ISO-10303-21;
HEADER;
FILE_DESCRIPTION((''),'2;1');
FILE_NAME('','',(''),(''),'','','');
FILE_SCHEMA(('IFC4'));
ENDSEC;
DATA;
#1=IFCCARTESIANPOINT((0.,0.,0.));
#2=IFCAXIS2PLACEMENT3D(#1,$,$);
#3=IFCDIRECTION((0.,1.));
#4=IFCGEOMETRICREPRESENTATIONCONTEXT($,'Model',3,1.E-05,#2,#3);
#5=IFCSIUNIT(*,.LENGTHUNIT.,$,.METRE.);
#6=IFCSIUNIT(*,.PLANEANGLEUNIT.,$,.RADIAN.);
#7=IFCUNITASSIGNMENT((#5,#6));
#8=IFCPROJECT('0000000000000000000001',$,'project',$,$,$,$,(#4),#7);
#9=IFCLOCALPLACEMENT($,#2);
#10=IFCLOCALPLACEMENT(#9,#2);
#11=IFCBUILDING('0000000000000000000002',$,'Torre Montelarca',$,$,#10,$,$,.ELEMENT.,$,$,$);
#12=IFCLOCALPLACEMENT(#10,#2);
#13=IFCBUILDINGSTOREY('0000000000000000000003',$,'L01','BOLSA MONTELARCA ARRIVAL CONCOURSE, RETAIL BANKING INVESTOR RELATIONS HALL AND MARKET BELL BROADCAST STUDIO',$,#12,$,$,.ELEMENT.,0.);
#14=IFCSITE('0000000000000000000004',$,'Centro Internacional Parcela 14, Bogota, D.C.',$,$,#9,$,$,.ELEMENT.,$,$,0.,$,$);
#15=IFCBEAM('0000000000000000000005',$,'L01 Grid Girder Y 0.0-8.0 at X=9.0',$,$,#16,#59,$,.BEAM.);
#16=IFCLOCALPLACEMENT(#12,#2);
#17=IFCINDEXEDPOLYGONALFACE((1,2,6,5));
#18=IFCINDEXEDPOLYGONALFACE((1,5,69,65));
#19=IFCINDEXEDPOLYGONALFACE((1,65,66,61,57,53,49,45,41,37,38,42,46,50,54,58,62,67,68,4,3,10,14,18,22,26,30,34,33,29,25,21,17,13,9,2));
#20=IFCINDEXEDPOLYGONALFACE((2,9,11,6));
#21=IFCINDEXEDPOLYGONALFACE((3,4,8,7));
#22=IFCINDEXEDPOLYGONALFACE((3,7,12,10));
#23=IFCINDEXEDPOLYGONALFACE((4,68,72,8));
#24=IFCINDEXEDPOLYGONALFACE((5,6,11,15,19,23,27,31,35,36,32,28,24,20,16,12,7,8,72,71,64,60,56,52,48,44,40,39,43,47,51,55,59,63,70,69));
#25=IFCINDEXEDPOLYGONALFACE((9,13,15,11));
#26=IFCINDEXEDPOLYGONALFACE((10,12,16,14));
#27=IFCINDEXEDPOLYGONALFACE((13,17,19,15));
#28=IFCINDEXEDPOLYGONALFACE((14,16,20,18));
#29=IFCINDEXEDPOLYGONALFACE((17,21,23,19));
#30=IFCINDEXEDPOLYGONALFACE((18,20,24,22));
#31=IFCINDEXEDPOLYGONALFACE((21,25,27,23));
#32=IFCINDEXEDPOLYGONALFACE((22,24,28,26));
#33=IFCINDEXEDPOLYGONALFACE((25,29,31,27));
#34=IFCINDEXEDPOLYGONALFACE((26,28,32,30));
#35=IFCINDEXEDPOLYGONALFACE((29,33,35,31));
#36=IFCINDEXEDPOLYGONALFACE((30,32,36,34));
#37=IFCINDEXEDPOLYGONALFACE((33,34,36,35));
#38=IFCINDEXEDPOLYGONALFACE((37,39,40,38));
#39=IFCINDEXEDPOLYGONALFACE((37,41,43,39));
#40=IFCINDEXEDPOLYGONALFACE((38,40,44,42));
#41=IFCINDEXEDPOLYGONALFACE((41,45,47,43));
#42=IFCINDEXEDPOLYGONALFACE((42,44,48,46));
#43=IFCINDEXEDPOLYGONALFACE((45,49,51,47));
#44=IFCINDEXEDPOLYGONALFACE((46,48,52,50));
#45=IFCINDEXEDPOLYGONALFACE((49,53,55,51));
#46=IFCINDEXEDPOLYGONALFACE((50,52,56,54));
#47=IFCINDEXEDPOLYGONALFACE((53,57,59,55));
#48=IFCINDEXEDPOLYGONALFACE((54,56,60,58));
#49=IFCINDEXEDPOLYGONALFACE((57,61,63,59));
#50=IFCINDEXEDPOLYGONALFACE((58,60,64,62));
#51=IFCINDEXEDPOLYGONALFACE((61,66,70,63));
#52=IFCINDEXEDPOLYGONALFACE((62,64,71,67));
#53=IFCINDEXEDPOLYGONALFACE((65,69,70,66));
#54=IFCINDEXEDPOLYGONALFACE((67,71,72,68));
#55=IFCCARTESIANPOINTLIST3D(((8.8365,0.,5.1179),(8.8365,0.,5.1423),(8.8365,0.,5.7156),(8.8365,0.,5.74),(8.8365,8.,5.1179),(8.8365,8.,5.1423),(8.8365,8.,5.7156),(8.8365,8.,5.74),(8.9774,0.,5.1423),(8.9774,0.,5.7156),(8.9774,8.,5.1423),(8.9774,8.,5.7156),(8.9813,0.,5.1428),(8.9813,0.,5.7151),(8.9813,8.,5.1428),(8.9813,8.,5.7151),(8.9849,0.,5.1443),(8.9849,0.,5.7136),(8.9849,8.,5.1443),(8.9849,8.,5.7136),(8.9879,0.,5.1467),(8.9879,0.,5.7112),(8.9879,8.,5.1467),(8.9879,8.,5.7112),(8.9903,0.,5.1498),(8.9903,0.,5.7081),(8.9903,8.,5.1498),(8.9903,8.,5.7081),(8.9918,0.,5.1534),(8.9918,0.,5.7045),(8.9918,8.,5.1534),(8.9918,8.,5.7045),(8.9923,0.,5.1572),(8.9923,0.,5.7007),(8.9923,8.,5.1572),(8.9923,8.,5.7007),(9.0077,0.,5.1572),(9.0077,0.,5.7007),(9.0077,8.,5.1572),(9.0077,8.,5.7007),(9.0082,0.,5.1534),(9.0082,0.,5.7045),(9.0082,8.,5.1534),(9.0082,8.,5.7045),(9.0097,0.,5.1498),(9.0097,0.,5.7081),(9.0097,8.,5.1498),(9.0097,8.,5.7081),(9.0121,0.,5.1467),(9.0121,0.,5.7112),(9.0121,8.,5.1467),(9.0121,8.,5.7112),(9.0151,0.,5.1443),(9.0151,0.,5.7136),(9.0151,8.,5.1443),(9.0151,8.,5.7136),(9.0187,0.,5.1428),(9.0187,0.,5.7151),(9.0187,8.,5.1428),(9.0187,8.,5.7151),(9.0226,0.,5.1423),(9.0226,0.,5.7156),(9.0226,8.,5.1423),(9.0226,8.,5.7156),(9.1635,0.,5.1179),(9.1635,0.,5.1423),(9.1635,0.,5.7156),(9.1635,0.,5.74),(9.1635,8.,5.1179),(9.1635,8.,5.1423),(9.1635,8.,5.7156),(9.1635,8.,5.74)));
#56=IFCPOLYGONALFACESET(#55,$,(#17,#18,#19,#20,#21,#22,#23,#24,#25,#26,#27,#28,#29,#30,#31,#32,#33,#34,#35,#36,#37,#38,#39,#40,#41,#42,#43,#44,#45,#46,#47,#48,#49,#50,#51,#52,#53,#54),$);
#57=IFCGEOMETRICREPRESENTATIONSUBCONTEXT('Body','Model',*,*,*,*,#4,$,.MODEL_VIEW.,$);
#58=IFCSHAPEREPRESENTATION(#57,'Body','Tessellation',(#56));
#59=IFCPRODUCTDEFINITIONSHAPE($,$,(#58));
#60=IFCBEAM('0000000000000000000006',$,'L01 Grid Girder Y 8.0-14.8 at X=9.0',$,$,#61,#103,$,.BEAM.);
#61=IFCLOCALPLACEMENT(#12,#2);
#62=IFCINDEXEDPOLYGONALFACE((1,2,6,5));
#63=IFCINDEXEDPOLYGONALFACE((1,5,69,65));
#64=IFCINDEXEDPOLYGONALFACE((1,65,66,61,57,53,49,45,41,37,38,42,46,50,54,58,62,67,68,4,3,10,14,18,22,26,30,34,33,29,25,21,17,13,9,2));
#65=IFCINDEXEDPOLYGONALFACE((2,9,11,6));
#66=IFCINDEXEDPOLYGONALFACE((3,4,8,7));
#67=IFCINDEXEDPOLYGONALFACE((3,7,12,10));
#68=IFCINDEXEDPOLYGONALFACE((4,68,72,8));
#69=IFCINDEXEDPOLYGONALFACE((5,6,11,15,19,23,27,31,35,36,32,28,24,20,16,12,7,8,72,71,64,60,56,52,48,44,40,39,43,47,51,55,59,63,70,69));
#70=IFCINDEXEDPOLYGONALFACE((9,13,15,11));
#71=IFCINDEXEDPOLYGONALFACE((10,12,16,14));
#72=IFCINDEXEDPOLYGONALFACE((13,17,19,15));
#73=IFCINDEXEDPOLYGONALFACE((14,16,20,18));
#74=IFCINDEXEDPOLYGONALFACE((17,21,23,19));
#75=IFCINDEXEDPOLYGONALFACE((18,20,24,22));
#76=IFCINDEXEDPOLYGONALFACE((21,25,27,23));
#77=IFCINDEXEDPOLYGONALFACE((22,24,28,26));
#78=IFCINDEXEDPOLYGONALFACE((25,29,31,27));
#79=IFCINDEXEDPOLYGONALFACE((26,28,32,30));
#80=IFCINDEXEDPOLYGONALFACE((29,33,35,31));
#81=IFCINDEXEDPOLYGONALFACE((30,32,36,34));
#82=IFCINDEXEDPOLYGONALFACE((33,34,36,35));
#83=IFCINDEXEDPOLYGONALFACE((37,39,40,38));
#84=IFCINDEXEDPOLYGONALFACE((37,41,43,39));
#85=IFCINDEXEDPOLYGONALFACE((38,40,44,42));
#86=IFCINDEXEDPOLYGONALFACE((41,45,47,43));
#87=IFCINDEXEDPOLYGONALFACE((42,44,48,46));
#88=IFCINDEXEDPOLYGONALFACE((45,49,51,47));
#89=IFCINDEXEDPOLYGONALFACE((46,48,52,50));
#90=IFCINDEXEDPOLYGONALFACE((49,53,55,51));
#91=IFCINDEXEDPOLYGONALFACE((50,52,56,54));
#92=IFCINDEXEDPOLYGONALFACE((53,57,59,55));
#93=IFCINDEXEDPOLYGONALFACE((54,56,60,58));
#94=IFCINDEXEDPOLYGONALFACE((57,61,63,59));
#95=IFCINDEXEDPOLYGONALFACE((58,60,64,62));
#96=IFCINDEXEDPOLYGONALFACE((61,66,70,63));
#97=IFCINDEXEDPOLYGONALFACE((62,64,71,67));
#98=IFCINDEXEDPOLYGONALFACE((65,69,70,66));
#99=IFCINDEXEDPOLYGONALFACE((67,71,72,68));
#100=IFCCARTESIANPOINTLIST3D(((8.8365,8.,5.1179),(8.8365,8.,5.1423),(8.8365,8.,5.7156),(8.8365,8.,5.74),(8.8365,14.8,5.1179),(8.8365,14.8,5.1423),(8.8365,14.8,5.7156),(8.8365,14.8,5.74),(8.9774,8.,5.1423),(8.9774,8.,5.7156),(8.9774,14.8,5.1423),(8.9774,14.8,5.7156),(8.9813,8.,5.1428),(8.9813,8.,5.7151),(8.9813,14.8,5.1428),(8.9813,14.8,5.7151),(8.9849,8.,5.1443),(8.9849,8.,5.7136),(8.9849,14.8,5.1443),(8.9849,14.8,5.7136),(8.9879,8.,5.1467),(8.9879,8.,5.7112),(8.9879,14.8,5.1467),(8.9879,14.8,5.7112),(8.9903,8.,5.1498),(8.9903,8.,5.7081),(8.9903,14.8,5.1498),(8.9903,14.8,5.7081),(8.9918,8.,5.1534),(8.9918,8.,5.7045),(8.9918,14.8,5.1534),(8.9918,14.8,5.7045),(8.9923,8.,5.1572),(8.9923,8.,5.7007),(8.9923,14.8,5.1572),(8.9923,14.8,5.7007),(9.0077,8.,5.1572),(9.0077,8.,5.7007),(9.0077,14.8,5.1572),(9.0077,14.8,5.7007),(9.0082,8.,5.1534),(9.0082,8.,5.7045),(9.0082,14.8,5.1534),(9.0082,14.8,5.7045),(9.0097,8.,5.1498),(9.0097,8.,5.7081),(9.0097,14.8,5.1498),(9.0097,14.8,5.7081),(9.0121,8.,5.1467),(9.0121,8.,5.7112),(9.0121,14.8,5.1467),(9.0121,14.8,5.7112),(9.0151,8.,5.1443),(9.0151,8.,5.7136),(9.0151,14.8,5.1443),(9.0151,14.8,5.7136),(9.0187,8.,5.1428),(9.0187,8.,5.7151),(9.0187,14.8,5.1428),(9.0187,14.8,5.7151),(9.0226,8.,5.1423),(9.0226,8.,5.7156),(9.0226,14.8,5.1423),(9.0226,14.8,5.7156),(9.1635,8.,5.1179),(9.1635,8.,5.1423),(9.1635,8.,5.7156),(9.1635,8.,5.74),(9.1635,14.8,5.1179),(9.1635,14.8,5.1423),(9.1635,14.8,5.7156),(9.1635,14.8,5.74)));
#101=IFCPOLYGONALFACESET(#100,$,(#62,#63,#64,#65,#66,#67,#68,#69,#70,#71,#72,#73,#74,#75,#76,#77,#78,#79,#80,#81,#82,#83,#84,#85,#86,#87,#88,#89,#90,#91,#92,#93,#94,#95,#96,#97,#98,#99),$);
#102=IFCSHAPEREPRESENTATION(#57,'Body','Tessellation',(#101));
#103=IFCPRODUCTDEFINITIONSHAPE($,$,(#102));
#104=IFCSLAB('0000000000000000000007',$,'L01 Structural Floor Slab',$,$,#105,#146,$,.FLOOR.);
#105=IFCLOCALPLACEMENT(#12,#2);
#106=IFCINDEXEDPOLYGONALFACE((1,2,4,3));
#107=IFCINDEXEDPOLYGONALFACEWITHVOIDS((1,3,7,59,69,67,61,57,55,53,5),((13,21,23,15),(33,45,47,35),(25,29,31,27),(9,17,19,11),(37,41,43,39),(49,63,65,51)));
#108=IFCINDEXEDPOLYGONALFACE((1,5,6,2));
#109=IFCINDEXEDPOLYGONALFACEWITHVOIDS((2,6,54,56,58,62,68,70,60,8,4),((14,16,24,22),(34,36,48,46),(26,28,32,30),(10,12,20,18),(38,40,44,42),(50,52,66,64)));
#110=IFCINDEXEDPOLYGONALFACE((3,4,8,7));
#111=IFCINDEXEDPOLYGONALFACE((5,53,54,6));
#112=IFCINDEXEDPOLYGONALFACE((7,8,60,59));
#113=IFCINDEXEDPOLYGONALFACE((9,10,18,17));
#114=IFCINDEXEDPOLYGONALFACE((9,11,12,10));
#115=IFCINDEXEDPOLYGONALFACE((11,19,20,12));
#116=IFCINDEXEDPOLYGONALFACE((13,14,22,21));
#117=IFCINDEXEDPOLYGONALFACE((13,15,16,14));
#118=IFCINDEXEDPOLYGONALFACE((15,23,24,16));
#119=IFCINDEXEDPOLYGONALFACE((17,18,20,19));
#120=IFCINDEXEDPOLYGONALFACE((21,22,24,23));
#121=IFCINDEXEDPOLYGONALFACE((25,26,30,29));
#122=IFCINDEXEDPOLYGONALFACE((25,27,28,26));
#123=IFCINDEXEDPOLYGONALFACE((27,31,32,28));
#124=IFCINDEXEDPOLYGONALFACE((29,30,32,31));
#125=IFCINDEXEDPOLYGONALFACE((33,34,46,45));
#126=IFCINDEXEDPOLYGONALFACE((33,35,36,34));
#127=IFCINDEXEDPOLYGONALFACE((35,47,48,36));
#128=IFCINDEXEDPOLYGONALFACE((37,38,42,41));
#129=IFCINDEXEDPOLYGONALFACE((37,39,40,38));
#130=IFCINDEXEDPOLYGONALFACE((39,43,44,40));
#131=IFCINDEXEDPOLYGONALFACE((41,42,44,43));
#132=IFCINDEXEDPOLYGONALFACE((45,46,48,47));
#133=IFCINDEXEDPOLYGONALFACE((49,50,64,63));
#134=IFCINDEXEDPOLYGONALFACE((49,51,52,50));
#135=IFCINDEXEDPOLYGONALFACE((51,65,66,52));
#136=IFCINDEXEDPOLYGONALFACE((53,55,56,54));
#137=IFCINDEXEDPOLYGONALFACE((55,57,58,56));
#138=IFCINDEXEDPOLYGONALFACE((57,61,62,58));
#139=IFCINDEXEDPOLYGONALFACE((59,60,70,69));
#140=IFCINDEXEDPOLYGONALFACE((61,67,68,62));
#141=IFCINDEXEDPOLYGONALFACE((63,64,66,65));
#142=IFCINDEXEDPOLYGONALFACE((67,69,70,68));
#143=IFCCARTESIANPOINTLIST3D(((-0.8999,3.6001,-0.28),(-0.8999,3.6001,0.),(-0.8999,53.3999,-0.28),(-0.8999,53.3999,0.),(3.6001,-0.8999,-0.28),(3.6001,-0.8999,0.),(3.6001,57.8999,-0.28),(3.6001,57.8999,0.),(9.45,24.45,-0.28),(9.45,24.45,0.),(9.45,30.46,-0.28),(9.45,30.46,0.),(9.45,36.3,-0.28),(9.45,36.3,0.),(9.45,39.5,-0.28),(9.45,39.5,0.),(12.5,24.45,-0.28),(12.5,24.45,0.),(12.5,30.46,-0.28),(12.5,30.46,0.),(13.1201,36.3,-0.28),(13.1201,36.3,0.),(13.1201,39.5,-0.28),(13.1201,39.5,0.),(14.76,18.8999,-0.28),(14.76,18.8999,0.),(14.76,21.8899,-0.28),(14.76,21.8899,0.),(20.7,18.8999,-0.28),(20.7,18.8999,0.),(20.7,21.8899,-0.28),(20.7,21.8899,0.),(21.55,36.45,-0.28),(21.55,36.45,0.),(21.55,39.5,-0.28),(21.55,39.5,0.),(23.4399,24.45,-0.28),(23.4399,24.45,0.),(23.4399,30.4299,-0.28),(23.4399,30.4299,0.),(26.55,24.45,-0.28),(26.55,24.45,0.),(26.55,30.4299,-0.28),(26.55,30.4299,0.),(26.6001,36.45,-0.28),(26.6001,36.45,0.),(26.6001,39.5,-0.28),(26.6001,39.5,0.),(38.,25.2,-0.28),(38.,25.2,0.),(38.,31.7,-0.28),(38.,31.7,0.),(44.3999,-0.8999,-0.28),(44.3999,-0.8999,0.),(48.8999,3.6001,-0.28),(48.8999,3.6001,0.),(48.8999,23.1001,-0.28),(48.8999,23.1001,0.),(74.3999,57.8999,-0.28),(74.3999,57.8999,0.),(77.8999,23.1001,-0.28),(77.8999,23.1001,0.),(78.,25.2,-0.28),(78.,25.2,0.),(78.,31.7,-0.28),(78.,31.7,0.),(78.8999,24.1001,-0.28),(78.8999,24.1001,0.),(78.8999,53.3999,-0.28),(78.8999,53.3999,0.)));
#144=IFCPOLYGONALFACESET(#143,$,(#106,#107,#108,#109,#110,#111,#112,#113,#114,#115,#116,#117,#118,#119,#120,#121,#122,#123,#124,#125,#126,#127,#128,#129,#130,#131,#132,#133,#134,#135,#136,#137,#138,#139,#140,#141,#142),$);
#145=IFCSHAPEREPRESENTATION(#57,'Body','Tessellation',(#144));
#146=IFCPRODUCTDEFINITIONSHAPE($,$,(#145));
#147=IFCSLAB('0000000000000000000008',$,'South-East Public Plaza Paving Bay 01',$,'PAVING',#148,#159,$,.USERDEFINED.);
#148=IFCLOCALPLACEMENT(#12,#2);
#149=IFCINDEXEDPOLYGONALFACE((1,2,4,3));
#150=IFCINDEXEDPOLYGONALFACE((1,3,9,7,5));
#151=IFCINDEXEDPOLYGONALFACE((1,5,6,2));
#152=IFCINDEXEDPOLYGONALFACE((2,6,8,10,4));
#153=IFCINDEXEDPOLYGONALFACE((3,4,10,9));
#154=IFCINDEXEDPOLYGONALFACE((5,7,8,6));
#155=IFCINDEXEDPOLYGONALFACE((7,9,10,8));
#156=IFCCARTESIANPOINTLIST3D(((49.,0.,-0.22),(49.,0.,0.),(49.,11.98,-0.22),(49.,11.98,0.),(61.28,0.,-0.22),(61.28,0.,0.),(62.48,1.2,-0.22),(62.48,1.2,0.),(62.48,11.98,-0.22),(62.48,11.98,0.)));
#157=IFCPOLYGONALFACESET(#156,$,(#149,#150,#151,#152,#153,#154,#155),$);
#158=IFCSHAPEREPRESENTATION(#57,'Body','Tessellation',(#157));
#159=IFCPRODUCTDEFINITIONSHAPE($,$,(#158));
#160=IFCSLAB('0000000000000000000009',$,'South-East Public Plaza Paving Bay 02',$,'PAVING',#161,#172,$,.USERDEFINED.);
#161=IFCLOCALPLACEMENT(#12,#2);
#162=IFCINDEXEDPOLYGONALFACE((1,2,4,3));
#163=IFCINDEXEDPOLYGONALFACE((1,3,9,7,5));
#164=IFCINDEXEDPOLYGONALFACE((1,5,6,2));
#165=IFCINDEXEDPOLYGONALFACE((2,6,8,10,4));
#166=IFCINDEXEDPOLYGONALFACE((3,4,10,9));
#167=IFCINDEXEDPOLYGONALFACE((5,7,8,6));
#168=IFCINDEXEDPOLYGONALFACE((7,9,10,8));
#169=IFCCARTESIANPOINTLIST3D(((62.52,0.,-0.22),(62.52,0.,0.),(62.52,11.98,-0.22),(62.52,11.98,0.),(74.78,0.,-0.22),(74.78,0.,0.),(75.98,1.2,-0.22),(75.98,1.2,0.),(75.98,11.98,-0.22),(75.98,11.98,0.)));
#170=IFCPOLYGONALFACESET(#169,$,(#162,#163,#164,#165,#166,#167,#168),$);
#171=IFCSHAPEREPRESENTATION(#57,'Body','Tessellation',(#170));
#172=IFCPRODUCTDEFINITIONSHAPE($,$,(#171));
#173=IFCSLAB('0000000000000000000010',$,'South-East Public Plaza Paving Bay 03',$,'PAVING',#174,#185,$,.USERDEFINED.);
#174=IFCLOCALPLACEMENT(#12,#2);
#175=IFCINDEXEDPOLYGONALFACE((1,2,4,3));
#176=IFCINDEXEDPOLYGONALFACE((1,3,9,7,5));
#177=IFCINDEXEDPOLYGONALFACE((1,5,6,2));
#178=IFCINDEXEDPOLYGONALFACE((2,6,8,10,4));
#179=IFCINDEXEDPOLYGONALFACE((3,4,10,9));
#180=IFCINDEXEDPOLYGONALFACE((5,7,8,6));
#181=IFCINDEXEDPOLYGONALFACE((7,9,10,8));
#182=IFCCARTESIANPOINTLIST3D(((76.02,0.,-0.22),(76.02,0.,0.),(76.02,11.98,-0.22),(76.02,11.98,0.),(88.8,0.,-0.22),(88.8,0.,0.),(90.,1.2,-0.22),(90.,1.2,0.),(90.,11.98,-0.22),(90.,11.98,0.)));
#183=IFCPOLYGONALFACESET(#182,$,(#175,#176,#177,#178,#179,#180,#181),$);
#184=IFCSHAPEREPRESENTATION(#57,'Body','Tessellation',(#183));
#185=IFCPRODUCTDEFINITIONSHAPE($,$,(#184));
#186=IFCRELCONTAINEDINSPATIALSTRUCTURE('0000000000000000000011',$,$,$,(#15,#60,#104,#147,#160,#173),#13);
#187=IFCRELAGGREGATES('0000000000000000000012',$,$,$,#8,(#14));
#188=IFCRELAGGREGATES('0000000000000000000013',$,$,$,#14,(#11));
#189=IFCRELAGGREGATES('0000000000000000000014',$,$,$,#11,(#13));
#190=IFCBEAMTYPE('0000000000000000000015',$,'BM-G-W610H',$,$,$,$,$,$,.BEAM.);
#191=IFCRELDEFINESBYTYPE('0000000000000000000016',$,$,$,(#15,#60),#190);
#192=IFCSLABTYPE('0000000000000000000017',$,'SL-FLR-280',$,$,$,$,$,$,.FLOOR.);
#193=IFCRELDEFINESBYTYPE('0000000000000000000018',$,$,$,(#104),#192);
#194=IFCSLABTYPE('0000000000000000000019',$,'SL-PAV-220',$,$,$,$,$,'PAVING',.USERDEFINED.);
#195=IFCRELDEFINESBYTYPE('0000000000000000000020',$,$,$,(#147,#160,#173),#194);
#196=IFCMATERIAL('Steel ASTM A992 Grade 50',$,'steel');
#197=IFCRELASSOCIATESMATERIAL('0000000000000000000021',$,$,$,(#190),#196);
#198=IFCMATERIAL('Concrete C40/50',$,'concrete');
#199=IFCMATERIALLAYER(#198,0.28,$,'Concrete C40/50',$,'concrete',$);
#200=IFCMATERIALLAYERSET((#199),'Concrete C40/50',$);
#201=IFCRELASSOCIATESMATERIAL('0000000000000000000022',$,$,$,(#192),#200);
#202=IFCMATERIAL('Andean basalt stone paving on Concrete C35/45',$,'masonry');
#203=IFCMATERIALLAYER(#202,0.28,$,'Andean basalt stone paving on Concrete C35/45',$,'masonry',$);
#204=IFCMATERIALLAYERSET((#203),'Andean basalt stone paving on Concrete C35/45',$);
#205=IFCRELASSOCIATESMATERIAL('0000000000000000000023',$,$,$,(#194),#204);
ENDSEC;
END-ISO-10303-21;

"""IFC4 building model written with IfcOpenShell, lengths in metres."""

from ifc_helpers import new_model, si_unit, direction, frame, origin, origin_2d, place, context, subcontext, project, spatial, polyline, i_section, outline, extrude, source, transform, mapped, material, layer, layer_set, material_profile, profile_set, type_object, element, save


model = new_model("IFC4")

# Units and contexts
model_context = context("Model", 3, precision=1e-05, world=origin(), true_north=direction((0.0, 1.0)))
body_context = subcontext(model_context, "Body", "Model", "MODEL_VIEW")
ifc_project = project(units=[si_unit("LENGTHUNIT", "METRE"), si_unit("PLANEANGLEUNIT", "RADIAN")], contexts=[model_context])

# Site, building, storey
site_placement = place(None, origin())
site = spatial("IfcSite", under=ifc_project, at=site_placement, Name="Centro Internacional Parcela 14, Bogota, D.C.", CompositionType="ELEMENT", RefElevation=0.0)
building_placement = place(site_placement, origin())
building = spatial("IfcBuilding", under=site, at=building_placement, Name="Torre Montelarca", CompositionType="ELEMENT")
storey_placement = place(building_placement, origin())
storey = spatial("IfcBuildingStorey", under=building, at=storey_placement, Name="L01", Description="BOLSA MONTELARCA ARRIVAL CONCOURSE, RETAIL BANKING INVESTOR RELATIONS HALL AND MARKET BELL BROADCAST STUDIO", CompositionType="ELEMENT", Elevation=0.0)

# Beams
ifc_material_1 = material(Name="Steel ASTM A992 Grade 50", Category="steel")
ifc_material_profile_1 = material_profile(ifc_material_1, i_section(OverallWidth=0.3269, OverallDepth=0.6221, WebThickness=0.0154, FlangeThickness=0.0244, FilletRadius=0.0149, at=origin_2d()), Name="W610X195", Category="steel")
ifc_profile_set_1 = profile_set([ifc_material_profile_1], Name="Steel ASTM A992 Grade 50")
beam_type_1 = type_object("IfcBeamType", Name="BM-G-W610H", PredefinedType="BEAM", material=ifc_profile_set_1)
shared_shape_1 = source(origin(), body_context, "Body", "SweptSolid", [
    extrude(i_section(OverallWidth=0.3269, OverallDepth=0.6221, WebThickness=0.0154, FlangeThickness=0.0244, FilletRadius=0.0149, at=origin_2d()), origin(), (0.0, 0.0, 1.0), 8.0),
])
beam_1_placement = place(storey_placement, frame((9.0, 0.0, 5.429), z_axis=(0.0, 1.0, 0.0), x_axis=(-1.0, 0.0, 0.0)))
element("IfcBeam", 1, at=beam_1_placement, inside=storey, type_object=beam_type_1, Name="L01 Grid Girder Y 0.0-8.0 at X=9.0", PredefinedType="BEAM", context=body_context, shape_type="MappedRepresentation", body=[
    mapped(shared_shape_1, transform((0.0, 0.0, 0.0), scale=1.0)),
])
shared_shape_2 = source(origin(), body_context, "Body", "SweptSolid", [
    extrude(i_section(OverallWidth=0.3269, OverallDepth=0.6221, WebThickness=0.0154, FlangeThickness=0.0244, FilletRadius=0.0149, at=origin_2d()), origin(), (0.0, 0.0, 1.0), 6.8),
])
beam_2_placement = place(storey_placement, frame((9.0, 8.0, 5.429), z_axis=(0.0, 1.0, 0.0), x_axis=(-1.0, 0.0, 0.0)))
element("IfcBeam", 2, at=beam_2_placement, inside=storey, type_object=beam_type_1, Name="L01 Grid Girder Y 8.0-14.8 at X=9.0", PredefinedType="BEAM", context=body_context, shape_type="MappedRepresentation", body=[
    mapped(shared_shape_2, transform((0.0, 0.0, 0.0), scale=1.0)),
])

# Slabs
ifc_material_2 = material(Name="Concrete C40/50", Category="concrete")
ifc_layer_1 = layer(ifc_material_2, 0.28, Name="Concrete C40/50", Category="concrete")
ifc_layer_set_1 = layer_set([ifc_layer_1], Name="Concrete C40/50")
slab_type_1 = type_object("IfcSlabType", Name="SL-FLR-280", PredefinedType="FLOOR", material=ifc_layer_set_1)
slab_1_placement = place(storey_placement, frame((0.0, 0.0, -0.28)))
element("IfcSlab", 3, at=slab_1_placement, inside=storey, type_object=slab_type_1, Name="L01 Structural Floor Slab", PredefinedType="FLOOR", context=body_context, shape_type="SweptSolid", body=[
    extrude(outline(polyline([(44.3999, -0.8999), (48.8999, 3.6001), (48.8999, 23.1001), (77.8999, 23.1001), (78.8999, 24.1001), (78.8999, 53.3999), (74.3999, 57.8999), (3.6001, 57.8999), (-0.8999, 53.3999), (-0.8999, 3.6001), (3.6001, -0.8999), (44.3999, -0.8999)]), holes=[polyline([(20.7, 21.8899), (20.7, 18.8999), (14.76, 18.8999), (14.76, 21.8899), (20.7, 21.8899)]), polyline([(23.4399, 24.45), (23.4399, 30.4299), (26.55, 30.4299), (26.55, 24.45), (23.4399, 24.45)]), polyline([(9.45, 24.45), (9.45, 30.46), (12.5, 30.46), (12.5, 24.45), (9.45, 24.45)]), polyline([(78.0, 31.7), (78.0, 25.2), (38.0, 25.2), (38.0, 31.7), (78.0, 31.7)]), polyline([(13.1201, 36.3), (9.45, 36.3), (9.45, 39.5), (13.1201, 39.5), (13.1201, 36.3)]), polyline([(26.6001, 36.45), (21.55, 36.45), (21.55, 39.5), (26.6001, 39.5), (26.6001, 36.45)])]), origin(), (0.0, 0.0, 1.0), 0.28),
])
ifc_material_3 = material(Name="Andean basalt stone paving on Concrete C35/45", Category="masonry")
ifc_layer_2 = layer(ifc_material_3, 0.28, Name="Andean basalt stone paving on Concrete C35/45", Category="masonry")
ifc_layer_set_2 = layer_set([ifc_layer_2], Name="Andean basalt stone paving on Concrete C35/45")
slab_type_2 = type_object("IfcSlabType", Name="SL-PAV-220", ElementType="PAVING", PredefinedType="USERDEFINED", material=ifc_layer_set_2)
slab_2_placement = place(storey_placement, frame((0.0, 0.0, -0.22)))
element("IfcSlab", 4, at=slab_2_placement, inside=storey, type_object=slab_type_2, Name="South-East Public Plaza Paving Bay 01", ObjectType="PAVING", PredefinedType="USERDEFINED", context=body_context, shape_type="SweptSolid", body=[
    extrude(outline(polyline([(49.0, 0.0), (61.28, 0.0), (62.48, 1.2), (62.48, 11.98), (49.0, 11.98), (49.0, 0.0)])), origin(), (0.0, 0.0, 1.0), 0.22),
])
slab_3_placement = place(storey_placement, frame((0.0, 0.0, -0.22)))
element("IfcSlab", 5, at=slab_3_placement, inside=storey, type_object=slab_type_2, Name="South-East Public Plaza Paving Bay 02", ObjectType="PAVING", PredefinedType="USERDEFINED", context=body_context, shape_type="SweptSolid", body=[
    extrude(outline(polyline([(62.52, 0.0), (74.78, 0.0), (75.98, 1.2), (75.98, 11.98), (62.52, 11.98), (62.52, 0.0)])), origin(), (0.0, 0.0, 1.0), 0.22),
])
slab_4_placement = place(storey_placement, frame((0.0, 0.0, -0.22)))
element("IfcSlab", 6, at=slab_4_placement, inside=storey, type_object=slab_type_2, Name="South-East Public Plaza Paving Bay 03", ObjectType="PAVING", PredefinedType="USERDEFINED", context=body_context, shape_type="SweptSolid", body=[
    extrude(outline(polyline([(76.02, 0.0), (88.8, 0.0), (90.0, 1.2), (90.0, 11.98), (76.02, 11.98), (76.02, 0.0)])), origin(), (0.0, 0.0, 1.0), 0.22),
])

save(model, "model.ifc")
